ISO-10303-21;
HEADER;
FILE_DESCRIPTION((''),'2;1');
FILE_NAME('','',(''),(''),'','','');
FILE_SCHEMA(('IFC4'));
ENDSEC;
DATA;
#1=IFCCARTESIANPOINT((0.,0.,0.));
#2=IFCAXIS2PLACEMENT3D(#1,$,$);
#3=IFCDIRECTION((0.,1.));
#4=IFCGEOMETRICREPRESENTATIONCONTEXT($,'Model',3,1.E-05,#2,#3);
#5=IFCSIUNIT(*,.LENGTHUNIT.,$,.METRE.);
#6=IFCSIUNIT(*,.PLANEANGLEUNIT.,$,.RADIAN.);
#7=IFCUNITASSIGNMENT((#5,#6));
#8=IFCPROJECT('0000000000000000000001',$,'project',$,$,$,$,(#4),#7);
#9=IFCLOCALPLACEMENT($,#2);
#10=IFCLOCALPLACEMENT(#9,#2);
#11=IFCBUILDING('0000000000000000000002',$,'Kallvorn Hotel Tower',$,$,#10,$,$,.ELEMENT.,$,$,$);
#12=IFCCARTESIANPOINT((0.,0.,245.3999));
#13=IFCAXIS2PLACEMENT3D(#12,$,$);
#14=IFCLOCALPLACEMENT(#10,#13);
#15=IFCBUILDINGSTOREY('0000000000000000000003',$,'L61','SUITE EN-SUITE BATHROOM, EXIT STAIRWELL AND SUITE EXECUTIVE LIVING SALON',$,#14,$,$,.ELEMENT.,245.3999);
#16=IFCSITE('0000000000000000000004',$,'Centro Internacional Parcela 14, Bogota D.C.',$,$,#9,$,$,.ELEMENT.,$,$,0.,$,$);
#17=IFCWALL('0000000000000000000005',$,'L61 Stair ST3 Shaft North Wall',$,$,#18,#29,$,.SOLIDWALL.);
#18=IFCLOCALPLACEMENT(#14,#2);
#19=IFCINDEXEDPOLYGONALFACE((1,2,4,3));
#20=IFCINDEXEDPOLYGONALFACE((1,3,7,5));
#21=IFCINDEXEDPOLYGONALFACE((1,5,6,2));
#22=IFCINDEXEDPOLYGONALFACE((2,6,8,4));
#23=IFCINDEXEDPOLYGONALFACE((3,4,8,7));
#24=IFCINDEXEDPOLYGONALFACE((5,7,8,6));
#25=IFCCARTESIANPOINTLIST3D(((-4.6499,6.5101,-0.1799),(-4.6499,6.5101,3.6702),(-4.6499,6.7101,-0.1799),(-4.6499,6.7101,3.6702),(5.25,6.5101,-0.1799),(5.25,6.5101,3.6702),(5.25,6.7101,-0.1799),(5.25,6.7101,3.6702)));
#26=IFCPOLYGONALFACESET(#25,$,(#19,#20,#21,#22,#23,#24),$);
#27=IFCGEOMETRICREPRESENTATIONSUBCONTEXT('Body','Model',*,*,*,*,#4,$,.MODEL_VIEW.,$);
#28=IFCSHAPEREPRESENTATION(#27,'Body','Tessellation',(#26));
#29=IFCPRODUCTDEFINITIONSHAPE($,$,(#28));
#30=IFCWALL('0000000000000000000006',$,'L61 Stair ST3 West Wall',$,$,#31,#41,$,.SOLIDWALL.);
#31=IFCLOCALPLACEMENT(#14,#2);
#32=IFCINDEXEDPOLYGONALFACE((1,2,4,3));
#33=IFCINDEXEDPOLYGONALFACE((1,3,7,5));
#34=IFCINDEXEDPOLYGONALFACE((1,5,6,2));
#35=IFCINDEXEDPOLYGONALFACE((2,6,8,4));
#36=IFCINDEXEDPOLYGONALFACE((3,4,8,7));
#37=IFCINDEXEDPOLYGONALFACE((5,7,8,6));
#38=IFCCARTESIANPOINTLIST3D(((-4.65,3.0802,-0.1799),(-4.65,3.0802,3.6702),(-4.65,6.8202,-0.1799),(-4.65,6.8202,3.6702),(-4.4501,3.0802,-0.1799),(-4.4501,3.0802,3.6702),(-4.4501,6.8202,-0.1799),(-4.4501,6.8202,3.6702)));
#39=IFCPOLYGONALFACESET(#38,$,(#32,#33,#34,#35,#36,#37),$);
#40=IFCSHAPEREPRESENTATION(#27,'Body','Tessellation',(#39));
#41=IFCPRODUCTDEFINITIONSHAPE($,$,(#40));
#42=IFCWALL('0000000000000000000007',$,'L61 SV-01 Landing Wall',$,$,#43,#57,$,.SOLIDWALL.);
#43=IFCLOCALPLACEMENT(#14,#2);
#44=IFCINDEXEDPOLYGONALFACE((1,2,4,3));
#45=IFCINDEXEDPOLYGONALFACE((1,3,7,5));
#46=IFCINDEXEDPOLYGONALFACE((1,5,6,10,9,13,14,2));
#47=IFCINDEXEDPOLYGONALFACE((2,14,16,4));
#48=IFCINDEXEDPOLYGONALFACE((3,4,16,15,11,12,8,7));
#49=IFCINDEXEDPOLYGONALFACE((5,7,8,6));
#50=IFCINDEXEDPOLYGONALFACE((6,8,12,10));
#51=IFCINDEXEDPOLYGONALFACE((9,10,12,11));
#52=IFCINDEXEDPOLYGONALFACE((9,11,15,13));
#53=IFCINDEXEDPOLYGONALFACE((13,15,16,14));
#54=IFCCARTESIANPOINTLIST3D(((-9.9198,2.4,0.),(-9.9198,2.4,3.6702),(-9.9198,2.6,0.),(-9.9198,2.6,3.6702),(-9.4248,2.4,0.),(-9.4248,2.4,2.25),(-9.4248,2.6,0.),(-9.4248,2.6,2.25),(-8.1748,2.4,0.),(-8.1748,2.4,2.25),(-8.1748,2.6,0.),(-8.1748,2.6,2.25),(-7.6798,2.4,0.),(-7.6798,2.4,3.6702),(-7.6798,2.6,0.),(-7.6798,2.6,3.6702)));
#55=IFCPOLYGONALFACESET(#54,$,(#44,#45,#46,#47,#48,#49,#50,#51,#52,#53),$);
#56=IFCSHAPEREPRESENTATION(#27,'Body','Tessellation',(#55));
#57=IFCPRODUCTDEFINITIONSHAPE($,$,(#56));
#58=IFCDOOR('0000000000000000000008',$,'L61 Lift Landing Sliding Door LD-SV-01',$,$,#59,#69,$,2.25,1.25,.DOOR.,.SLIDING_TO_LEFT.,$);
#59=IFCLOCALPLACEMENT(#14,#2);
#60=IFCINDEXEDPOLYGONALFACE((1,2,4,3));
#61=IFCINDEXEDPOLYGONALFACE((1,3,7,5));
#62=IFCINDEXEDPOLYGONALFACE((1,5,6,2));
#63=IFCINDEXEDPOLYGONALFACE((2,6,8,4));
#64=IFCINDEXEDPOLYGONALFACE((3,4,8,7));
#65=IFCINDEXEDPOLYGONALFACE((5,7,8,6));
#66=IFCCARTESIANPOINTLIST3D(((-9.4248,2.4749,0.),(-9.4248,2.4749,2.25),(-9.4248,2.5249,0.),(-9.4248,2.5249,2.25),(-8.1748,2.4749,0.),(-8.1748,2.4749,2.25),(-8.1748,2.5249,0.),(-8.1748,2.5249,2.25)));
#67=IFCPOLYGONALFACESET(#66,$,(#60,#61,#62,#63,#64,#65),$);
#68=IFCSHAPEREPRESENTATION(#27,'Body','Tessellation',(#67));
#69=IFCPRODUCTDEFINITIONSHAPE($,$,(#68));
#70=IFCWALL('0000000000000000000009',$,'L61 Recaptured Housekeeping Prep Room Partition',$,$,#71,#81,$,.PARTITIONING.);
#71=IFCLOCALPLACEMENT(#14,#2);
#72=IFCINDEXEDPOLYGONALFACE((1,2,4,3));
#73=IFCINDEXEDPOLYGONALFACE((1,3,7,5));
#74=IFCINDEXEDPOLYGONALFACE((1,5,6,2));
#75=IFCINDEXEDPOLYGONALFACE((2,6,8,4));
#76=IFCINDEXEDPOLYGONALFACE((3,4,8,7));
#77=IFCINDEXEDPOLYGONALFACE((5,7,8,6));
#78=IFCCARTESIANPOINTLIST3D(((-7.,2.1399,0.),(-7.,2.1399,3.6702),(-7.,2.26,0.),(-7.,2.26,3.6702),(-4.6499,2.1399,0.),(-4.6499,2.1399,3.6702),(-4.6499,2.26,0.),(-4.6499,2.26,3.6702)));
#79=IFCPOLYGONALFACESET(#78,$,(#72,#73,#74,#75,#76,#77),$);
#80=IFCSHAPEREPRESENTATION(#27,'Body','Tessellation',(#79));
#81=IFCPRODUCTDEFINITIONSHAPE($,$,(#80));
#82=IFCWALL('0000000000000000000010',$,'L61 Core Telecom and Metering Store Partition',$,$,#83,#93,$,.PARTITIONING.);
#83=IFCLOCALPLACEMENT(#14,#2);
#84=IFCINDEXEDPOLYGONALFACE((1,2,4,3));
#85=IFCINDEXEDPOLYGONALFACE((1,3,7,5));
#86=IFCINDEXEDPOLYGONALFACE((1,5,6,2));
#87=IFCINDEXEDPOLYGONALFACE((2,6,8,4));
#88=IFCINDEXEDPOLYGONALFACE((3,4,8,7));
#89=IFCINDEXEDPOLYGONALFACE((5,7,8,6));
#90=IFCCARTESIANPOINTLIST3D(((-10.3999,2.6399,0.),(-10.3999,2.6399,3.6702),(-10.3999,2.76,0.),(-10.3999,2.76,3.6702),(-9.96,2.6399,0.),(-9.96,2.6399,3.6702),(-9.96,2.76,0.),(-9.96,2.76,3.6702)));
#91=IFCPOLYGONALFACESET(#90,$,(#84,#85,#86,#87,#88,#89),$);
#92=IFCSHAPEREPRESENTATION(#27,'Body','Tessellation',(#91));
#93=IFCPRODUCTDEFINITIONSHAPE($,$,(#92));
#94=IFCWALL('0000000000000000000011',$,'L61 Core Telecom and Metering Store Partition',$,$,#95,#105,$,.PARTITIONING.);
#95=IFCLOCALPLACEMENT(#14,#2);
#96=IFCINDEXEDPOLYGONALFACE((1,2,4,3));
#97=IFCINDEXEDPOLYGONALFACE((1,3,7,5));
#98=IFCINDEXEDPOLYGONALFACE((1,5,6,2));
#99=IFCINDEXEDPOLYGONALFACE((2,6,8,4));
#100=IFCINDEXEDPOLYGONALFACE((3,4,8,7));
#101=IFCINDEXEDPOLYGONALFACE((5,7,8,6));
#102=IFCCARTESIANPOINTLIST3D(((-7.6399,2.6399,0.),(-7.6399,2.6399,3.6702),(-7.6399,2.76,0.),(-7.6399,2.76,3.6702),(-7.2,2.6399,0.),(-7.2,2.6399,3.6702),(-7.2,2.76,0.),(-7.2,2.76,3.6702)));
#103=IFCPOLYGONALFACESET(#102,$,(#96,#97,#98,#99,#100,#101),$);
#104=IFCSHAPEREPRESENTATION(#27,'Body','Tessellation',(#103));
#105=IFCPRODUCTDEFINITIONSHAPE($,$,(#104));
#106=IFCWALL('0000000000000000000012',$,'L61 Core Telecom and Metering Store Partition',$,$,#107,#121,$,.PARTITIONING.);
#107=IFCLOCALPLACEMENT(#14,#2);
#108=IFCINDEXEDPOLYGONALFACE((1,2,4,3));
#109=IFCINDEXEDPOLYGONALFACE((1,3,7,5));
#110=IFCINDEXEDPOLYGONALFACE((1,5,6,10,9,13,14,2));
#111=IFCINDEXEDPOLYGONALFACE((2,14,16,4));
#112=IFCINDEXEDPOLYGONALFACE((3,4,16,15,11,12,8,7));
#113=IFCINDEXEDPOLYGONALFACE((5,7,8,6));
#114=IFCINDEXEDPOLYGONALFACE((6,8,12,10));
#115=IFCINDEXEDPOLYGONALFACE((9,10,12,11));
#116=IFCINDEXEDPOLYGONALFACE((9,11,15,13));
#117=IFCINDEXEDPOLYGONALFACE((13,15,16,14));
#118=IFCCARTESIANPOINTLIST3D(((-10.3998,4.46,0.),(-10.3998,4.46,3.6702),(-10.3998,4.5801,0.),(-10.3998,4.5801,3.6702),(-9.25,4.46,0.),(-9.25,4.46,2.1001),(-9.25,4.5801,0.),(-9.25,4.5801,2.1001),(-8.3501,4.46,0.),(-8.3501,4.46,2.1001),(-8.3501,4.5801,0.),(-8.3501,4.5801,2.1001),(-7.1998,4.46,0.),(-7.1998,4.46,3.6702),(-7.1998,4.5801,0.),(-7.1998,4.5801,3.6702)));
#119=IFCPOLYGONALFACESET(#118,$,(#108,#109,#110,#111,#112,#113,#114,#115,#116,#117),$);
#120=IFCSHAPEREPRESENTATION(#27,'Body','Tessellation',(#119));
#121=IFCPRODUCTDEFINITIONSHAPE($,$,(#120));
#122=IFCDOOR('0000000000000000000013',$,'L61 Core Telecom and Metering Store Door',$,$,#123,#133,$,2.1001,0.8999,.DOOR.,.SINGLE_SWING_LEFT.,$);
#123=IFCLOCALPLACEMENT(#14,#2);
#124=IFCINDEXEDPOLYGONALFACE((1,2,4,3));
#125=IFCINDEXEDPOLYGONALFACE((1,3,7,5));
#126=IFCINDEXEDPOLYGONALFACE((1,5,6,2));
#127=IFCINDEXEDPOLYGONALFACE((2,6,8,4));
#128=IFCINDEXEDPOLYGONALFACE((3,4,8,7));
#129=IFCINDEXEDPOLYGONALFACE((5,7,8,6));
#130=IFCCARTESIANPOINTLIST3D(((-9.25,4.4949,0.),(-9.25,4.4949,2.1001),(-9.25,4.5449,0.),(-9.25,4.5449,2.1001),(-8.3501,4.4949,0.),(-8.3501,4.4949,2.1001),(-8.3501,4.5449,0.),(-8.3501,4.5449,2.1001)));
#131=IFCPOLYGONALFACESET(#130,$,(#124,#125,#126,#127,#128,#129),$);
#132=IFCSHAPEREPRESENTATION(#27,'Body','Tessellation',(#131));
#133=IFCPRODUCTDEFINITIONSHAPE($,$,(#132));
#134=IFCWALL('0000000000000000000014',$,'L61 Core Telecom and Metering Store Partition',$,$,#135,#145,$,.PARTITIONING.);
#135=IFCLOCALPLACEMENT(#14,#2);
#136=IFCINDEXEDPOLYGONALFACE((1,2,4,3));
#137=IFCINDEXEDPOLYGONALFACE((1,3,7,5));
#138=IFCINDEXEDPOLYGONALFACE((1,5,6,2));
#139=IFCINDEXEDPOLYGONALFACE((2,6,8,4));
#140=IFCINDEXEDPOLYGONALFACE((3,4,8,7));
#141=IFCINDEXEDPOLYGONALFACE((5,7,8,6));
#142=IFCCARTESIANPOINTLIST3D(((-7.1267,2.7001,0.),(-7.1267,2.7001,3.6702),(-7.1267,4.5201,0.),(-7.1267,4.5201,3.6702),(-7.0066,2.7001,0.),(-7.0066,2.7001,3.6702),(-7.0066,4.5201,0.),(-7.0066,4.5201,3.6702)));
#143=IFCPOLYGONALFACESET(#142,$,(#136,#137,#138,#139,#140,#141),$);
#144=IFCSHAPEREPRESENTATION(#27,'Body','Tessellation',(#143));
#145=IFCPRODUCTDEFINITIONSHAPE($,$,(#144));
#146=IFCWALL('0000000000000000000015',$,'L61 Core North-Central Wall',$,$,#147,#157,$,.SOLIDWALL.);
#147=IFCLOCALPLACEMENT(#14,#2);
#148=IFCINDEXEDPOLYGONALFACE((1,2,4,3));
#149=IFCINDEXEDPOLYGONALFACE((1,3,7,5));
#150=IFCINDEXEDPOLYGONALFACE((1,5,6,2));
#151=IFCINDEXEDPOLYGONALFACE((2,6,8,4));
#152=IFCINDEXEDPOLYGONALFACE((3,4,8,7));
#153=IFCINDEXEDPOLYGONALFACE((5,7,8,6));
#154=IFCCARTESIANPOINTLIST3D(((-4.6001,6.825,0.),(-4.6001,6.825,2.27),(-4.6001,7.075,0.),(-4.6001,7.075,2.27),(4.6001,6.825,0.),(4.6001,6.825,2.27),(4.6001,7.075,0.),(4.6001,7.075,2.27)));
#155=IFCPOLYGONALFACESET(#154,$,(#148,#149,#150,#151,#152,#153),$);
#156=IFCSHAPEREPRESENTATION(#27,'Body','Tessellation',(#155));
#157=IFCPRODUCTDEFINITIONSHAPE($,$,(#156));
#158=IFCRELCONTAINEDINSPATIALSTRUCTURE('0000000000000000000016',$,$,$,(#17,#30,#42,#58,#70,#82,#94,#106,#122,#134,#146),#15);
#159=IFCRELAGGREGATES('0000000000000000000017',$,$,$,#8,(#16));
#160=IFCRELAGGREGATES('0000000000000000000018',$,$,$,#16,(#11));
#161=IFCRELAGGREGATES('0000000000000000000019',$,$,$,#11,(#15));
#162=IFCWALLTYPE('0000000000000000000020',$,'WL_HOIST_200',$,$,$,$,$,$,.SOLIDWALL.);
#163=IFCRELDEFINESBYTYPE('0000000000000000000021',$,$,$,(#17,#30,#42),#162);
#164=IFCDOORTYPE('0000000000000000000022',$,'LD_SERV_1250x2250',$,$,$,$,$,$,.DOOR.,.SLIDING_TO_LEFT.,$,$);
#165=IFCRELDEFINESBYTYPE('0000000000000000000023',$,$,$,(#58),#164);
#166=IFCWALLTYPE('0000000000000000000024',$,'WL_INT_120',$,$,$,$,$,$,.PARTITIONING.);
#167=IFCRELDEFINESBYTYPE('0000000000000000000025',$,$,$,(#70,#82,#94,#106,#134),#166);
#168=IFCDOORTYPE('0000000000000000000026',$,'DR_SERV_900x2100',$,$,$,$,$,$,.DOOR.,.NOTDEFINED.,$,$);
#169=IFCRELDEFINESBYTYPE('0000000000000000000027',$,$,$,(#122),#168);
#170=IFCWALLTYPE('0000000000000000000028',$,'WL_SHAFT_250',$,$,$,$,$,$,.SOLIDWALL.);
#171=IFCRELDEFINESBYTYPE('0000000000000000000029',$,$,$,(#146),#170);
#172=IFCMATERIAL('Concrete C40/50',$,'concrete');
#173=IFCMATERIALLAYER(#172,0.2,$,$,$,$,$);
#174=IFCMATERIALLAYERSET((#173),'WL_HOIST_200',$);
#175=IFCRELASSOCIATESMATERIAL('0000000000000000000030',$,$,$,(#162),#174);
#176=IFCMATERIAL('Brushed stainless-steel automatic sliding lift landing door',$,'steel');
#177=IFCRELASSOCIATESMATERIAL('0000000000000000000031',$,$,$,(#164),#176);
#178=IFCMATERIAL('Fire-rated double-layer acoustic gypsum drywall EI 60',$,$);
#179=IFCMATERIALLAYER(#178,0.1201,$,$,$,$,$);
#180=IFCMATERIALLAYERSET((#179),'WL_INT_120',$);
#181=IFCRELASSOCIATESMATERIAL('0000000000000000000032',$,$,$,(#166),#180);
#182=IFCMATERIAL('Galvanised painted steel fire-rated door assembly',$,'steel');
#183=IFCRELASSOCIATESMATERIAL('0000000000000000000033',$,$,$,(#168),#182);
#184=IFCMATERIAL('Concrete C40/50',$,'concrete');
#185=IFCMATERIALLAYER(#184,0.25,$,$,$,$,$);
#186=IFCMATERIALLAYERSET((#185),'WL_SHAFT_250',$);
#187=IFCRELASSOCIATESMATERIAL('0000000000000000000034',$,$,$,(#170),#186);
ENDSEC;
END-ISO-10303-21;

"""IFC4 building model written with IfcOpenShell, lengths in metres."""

from ifc_helpers import new_model, si_unit, direction, frame, frame_2d, origin, place, context, subcontext, project, spatial, rectangle, extrude, material, layer, layer_set, type_object, element, fill, save


model = new_model("IFC4")

# Units and contexts
model_context = context("Model", 3, precision=1e-05, world=origin(), true_north=direction((0.0, 1.0)))
body_context = subcontext(model_context, "Body", "Model", "MODEL_VIEW")
ifc_project = project(units=[si_unit("LENGTHUNIT", "METRE"), si_unit("PLANEANGLEUNIT", "RADIAN")], contexts=[model_context])

# Site, building, storey
site_placement = place(None, origin())
site = spatial("IfcSite", under=ifc_project, at=site_placement, Name="Centro Internacional Parcela 14, Bogota D.C.", CompositionType="ELEMENT", RefElevation=0.0)
building_placement = place(site_placement, origin())
building = spatial("IfcBuilding", under=site, at=building_placement, Name="Kallvorn Hotel Tower", CompositionType="ELEMENT")
storey_placement = place(building_placement, frame((0.0, 0.0, 245.3999)))
storey = spatial("IfcBuildingStorey", under=building, at=storey_placement, Name="L61", Description="SUITE EN-SUITE BATHROOM, EXIT STAIRWELL AND SUITE EXECUTIVE LIVING SALON", CompositionType="ELEMENT", Elevation=245.3999)

# Walls
ifc_material_1 = material(Name="Concrete C40/50", Category="concrete")
ifc_layer_1 = layer(ifc_material_1, 0.2)
ifc_layer_set_1 = layer_set([ifc_layer_1], Name="WL_HOIST_200")
wall_type_1 = type_object("IfcWallType", Name="WL_HOIST_200", PredefinedType="SOLIDWALL", material=ifc_layer_set_1)
wall_1_placement = place(storey_placement, frame((-4.6499, 6.6101, -0.1799), z_axis=(0.0, 0.0, 1.0), x_axis=(1.0, 0.0, 0.0)))
element("IfcWall", 1, at=wall_1_placement, inside=storey, type_object=wall_type_1, Name="L61 Stair ST3 Shaft North Wall", PredefinedType="SOLIDWALL", context=body_context, shape_type="SweptSolid", body=[
    extrude(rectangle(XDim=9.8999, YDim=0.2, at=frame_2d((4.95, 0.0))), origin(), (0.0, 0.0, 1.0), 3.8501),
])
wall_2_placement = place(storey_placement, frame((-4.55, 3.0801, -0.1799), z_axis=(0.0, 0.0, 1.0), x_axis=(0.0, 1.0, 0.0)))
element("IfcWall", 2, at=wall_2_placement, inside=storey, type_object=wall_type_1, Name="L61 Stair ST3 West Wall", PredefinedType="SOLIDWALL", context=body_context, shape_type="SweptSolid", body=[
    extrude(rectangle(XDim=3.74, YDim=0.2, at=frame_2d((1.8701, 0.0))), origin(), (0.0, 0.0, 1.0), 3.8501),
])

# Wall, opening, door
wall_3_placement = place(storey_placement, frame((-9.9199, 2.5, 0.0), z_axis=(0.0, 0.0, 1.0), x_axis=(1.0, 0.0, 0.0)))
wall_3 = element("IfcWall", 3, at=wall_3_placement, inside=storey, type_object=wall_type_1, Name="L61 SV-01 Landing Wall", PredefinedType="SOLIDWALL", context=body_context, shape_type="SweptSolid", body=[
    extrude(rectangle(XDim=2.24, YDim=0.2, at=frame_2d((1.1201, 0.0))), origin(), (0.0, 0.0, 1.0), 3.6702),
])
opening_1_placement = place(wall_3_placement, frame((0.4951, 0.0, 0.0)))
opening_1 = element("IfcOpeningElement", 4, at=opening_1_placement, cuts=wall_3, PredefinedType="OPENING", context=body_context, shape_type="SweptSolid", body=[
    extrude(rectangle(XDim=1.25, YDim=2.25, at=frame_2d((0.625, 1.125))), frame((0.0, 0.115, 0.0), z_axis=(0.0, -1.0, 0.0), x_axis=(1.0, 0.0, 0.0)), (0.0, 0.0, 1.0), 0.23),
])
ifc_material_2 = material(Name="Brushed stainless-steel automatic sliding lift landing door", Category="steel")
door_type_1 = type_object("IfcDoorType", Name="LD_SERV_1250x2250", OperationType="SLIDING_TO_LEFT", PredefinedType="DOOR", material=ifc_material_2)
door_1_placement = place(opening_1_placement, origin())
door_1 = element("IfcDoor", 5, at=door_1_placement, inside=storey, type_object=door_type_1, Name="L61 Lift Landing Sliding Door LD-SV-01", OperationType="SLIDING_TO_LEFT", OverallHeight=2.25, OverallWidth=1.25, PredefinedType="DOOR", context=body_context, shape_type="SweptSolid", body=[
    extrude(rectangle(XDim=1.25, YDim=2.25, at=frame_2d((0.625, 1.125))), frame((0.0, 0.0249, 0.0), z_axis=(0.0, -1.0, 0.0), x_axis=(1.0, 0.0, 0.0)), (0.0, 0.0, 1.0), 0.05),
])
fill(opening_1, door_1)

# Walls
ifc_material_3 = material(Name="Fire-rated double-layer acoustic gypsum drywall EI 60")
ifc_layer_2 = layer(ifc_material_3, 0.1201)
ifc_layer_set_2 = layer_set([ifc_layer_2], Name="WL_INT_120")
wall_type_2 = type_object("IfcWallType", Name="WL_INT_120", PredefinedType="PARTITIONING", material=ifc_layer_set_2)
wall_4_placement = place(storey_placement, frame((-7.0, 2.2, 0.0), z_axis=(0.0, 0.0, 1.0), x_axis=(1.0, 0.0, 0.0)))
element("IfcWall", 6, at=wall_4_placement, inside=storey, type_object=wall_type_2, Name="L61 Recaptured Housekeeping Prep Room Partition", PredefinedType="PARTITIONING", context=body_context, shape_type="SweptSolid", body=[
    extrude(rectangle(XDim=2.3501, YDim=0.1201, at=frame_2d((1.175, 0.0))), origin(), (0.0, 0.0, 1.0), 3.6702),
])
for number, where, z_axis, x_axis, name in (
    (7, (-10.3999, 2.7, 0.0), (0.0, 0.0, 1.0), (1.0, 0.0, 0.0), "L61 Core Telecom and Metering Store Partition"),
    (8, (-7.6399, 2.7, 0.0), (0.0, 0.0, 1.0), (1.0, 0.0, 0.0), "L61 Core Telecom and Metering Store Partition"),
):
    element("IfcWall", number, at=place(storey_placement, frame(where, z_axis=z_axis, x_axis=x_axis)), inside=storey, type_object=wall_type_2, Name=name, PredefinedType="PARTITIONING", context=body_context, shape_type="SweptSolid", body=[
        extrude(rectangle(XDim=0.4399, YDim=0.1201, at=frame_2d((0.22, 0.0))), origin(), (0.0, 0.0, 1.0), 3.6702),
    ])

# Wall, opening, door
wall_5_placement = place(storey_placement, frame((-10.3999, 4.52, 0.0), z_axis=(0.0, 0.0, 1.0), x_axis=(1.0, 0.0, 0.0)))
wall_5 = element("IfcWall", 9, at=wall_5_placement, inside=storey, type_object=wall_type_2, Name="L61 Core Telecom and Metering Store Partition", PredefinedType="PARTITIONING", context=body_context, shape_type="SweptSolid", body=[
    extrude(rectangle(XDim=3.2, YDim=0.1201, at=frame_2d((1.6001, 0.0))), origin(), (0.0, 0.0, 1.0), 3.6702),
])
opening_2_placement = place(wall_5_placement, frame((1.1499, 0.0, 0.0)))
opening_2 = element("IfcOpeningElement", 10, at=opening_2_placement, cuts=wall_5, PredefinedType="OPENING", context=body_context, shape_type="SweptSolid", body=[
    extrude(rectangle(XDim=0.8999, YDim=2.1001, at=frame_2d((0.45, 1.05))), frame((0.0, 0.075, 0.0), z_axis=(0.0, -1.0, 0.0), x_axis=(1.0, 0.0, 0.0)), (0.0, 0.0, 1.0), 0.1501),
])
ifc_material_4 = material(Name="Galvanised painted steel fire-rated door assembly", Category="steel")
door_type_2 = type_object("IfcDoorType", Name="DR_SERV_900x2100", OperationType="NOTDEFINED", PredefinedType="DOOR", material=ifc_material_4)
door_2_placement = place(opening_2_placement, origin())
door_2 = element("IfcDoor", 11, at=door_2_placement, inside=storey, type_object=door_type_2, Name="L61 Core Telecom and Metering Store Door", OperationType="SINGLE_SWING_LEFT", OverallHeight=2.1001, OverallWidth=0.8999, PredefinedType="DOOR", context=body_context, shape_type="SweptSolid", body=[
    extrude(rectangle(XDim=0.8999, YDim=2.1001, at=frame_2d((0.45, 1.05))), frame((0.0, 0.0249, 0.0), z_axis=(0.0, -1.0, 0.0), x_axis=(1.0, 0.0, 0.0)), (0.0, 0.0, 1.0), 0.05),
])
fill(opening_2, door_2)

# Walls
wall_6_placement = place(storey_placement, frame((-7.0667, 2.7, 0.0), z_axis=(0.0, 0.0, 1.0), x_axis=(0.0, 1.0, 0.0)))
element("IfcWall", 12, at=wall_6_placement, inside=storey, type_object=wall_type_2, Name="L61 Core Telecom and Metering Store Partition", PredefinedType="PARTITIONING", context=body_context, shape_type="SweptSolid", body=[
    extrude(rectangle(XDim=1.8201, YDim=0.1201, at=frame_2d((0.9102, 0.0))), origin(), (0.0, 0.0, 1.0), 3.6702),
])
ifc_material_5 = material(Name="Concrete C40/50", Category="concrete")
ifc_layer_3 = layer(ifc_material_5, 0.25)
ifc_layer_set_3 = layer_set([ifc_layer_3], Name="WL_SHAFT_250")
wall_type_3 = type_object("IfcWallType", Name="WL_SHAFT_250", PredefinedType="SOLIDWALL", material=ifc_layer_set_3)
wall_7_placement = place(storey_placement, frame((-4.6001, 6.95, 0.0), z_axis=(0.0, 0.0, 1.0), x_axis=(1.0, 0.0, 0.0)))
element("IfcWall", 13, at=wall_7_placement, inside=storey, type_object=wall_type_3, Name="L61 Core North-Central Wall", PredefinedType="SOLIDWALL", context=body_context, shape_type="SweptSolid", body=[
    extrude(rectangle(XDim=9.2002, YDim=0.25, at=frame_2d((4.6001, 0.0))), origin(), (0.0, 0.0, 1.0), 2.27),
])

save(model, "model.ifc")
